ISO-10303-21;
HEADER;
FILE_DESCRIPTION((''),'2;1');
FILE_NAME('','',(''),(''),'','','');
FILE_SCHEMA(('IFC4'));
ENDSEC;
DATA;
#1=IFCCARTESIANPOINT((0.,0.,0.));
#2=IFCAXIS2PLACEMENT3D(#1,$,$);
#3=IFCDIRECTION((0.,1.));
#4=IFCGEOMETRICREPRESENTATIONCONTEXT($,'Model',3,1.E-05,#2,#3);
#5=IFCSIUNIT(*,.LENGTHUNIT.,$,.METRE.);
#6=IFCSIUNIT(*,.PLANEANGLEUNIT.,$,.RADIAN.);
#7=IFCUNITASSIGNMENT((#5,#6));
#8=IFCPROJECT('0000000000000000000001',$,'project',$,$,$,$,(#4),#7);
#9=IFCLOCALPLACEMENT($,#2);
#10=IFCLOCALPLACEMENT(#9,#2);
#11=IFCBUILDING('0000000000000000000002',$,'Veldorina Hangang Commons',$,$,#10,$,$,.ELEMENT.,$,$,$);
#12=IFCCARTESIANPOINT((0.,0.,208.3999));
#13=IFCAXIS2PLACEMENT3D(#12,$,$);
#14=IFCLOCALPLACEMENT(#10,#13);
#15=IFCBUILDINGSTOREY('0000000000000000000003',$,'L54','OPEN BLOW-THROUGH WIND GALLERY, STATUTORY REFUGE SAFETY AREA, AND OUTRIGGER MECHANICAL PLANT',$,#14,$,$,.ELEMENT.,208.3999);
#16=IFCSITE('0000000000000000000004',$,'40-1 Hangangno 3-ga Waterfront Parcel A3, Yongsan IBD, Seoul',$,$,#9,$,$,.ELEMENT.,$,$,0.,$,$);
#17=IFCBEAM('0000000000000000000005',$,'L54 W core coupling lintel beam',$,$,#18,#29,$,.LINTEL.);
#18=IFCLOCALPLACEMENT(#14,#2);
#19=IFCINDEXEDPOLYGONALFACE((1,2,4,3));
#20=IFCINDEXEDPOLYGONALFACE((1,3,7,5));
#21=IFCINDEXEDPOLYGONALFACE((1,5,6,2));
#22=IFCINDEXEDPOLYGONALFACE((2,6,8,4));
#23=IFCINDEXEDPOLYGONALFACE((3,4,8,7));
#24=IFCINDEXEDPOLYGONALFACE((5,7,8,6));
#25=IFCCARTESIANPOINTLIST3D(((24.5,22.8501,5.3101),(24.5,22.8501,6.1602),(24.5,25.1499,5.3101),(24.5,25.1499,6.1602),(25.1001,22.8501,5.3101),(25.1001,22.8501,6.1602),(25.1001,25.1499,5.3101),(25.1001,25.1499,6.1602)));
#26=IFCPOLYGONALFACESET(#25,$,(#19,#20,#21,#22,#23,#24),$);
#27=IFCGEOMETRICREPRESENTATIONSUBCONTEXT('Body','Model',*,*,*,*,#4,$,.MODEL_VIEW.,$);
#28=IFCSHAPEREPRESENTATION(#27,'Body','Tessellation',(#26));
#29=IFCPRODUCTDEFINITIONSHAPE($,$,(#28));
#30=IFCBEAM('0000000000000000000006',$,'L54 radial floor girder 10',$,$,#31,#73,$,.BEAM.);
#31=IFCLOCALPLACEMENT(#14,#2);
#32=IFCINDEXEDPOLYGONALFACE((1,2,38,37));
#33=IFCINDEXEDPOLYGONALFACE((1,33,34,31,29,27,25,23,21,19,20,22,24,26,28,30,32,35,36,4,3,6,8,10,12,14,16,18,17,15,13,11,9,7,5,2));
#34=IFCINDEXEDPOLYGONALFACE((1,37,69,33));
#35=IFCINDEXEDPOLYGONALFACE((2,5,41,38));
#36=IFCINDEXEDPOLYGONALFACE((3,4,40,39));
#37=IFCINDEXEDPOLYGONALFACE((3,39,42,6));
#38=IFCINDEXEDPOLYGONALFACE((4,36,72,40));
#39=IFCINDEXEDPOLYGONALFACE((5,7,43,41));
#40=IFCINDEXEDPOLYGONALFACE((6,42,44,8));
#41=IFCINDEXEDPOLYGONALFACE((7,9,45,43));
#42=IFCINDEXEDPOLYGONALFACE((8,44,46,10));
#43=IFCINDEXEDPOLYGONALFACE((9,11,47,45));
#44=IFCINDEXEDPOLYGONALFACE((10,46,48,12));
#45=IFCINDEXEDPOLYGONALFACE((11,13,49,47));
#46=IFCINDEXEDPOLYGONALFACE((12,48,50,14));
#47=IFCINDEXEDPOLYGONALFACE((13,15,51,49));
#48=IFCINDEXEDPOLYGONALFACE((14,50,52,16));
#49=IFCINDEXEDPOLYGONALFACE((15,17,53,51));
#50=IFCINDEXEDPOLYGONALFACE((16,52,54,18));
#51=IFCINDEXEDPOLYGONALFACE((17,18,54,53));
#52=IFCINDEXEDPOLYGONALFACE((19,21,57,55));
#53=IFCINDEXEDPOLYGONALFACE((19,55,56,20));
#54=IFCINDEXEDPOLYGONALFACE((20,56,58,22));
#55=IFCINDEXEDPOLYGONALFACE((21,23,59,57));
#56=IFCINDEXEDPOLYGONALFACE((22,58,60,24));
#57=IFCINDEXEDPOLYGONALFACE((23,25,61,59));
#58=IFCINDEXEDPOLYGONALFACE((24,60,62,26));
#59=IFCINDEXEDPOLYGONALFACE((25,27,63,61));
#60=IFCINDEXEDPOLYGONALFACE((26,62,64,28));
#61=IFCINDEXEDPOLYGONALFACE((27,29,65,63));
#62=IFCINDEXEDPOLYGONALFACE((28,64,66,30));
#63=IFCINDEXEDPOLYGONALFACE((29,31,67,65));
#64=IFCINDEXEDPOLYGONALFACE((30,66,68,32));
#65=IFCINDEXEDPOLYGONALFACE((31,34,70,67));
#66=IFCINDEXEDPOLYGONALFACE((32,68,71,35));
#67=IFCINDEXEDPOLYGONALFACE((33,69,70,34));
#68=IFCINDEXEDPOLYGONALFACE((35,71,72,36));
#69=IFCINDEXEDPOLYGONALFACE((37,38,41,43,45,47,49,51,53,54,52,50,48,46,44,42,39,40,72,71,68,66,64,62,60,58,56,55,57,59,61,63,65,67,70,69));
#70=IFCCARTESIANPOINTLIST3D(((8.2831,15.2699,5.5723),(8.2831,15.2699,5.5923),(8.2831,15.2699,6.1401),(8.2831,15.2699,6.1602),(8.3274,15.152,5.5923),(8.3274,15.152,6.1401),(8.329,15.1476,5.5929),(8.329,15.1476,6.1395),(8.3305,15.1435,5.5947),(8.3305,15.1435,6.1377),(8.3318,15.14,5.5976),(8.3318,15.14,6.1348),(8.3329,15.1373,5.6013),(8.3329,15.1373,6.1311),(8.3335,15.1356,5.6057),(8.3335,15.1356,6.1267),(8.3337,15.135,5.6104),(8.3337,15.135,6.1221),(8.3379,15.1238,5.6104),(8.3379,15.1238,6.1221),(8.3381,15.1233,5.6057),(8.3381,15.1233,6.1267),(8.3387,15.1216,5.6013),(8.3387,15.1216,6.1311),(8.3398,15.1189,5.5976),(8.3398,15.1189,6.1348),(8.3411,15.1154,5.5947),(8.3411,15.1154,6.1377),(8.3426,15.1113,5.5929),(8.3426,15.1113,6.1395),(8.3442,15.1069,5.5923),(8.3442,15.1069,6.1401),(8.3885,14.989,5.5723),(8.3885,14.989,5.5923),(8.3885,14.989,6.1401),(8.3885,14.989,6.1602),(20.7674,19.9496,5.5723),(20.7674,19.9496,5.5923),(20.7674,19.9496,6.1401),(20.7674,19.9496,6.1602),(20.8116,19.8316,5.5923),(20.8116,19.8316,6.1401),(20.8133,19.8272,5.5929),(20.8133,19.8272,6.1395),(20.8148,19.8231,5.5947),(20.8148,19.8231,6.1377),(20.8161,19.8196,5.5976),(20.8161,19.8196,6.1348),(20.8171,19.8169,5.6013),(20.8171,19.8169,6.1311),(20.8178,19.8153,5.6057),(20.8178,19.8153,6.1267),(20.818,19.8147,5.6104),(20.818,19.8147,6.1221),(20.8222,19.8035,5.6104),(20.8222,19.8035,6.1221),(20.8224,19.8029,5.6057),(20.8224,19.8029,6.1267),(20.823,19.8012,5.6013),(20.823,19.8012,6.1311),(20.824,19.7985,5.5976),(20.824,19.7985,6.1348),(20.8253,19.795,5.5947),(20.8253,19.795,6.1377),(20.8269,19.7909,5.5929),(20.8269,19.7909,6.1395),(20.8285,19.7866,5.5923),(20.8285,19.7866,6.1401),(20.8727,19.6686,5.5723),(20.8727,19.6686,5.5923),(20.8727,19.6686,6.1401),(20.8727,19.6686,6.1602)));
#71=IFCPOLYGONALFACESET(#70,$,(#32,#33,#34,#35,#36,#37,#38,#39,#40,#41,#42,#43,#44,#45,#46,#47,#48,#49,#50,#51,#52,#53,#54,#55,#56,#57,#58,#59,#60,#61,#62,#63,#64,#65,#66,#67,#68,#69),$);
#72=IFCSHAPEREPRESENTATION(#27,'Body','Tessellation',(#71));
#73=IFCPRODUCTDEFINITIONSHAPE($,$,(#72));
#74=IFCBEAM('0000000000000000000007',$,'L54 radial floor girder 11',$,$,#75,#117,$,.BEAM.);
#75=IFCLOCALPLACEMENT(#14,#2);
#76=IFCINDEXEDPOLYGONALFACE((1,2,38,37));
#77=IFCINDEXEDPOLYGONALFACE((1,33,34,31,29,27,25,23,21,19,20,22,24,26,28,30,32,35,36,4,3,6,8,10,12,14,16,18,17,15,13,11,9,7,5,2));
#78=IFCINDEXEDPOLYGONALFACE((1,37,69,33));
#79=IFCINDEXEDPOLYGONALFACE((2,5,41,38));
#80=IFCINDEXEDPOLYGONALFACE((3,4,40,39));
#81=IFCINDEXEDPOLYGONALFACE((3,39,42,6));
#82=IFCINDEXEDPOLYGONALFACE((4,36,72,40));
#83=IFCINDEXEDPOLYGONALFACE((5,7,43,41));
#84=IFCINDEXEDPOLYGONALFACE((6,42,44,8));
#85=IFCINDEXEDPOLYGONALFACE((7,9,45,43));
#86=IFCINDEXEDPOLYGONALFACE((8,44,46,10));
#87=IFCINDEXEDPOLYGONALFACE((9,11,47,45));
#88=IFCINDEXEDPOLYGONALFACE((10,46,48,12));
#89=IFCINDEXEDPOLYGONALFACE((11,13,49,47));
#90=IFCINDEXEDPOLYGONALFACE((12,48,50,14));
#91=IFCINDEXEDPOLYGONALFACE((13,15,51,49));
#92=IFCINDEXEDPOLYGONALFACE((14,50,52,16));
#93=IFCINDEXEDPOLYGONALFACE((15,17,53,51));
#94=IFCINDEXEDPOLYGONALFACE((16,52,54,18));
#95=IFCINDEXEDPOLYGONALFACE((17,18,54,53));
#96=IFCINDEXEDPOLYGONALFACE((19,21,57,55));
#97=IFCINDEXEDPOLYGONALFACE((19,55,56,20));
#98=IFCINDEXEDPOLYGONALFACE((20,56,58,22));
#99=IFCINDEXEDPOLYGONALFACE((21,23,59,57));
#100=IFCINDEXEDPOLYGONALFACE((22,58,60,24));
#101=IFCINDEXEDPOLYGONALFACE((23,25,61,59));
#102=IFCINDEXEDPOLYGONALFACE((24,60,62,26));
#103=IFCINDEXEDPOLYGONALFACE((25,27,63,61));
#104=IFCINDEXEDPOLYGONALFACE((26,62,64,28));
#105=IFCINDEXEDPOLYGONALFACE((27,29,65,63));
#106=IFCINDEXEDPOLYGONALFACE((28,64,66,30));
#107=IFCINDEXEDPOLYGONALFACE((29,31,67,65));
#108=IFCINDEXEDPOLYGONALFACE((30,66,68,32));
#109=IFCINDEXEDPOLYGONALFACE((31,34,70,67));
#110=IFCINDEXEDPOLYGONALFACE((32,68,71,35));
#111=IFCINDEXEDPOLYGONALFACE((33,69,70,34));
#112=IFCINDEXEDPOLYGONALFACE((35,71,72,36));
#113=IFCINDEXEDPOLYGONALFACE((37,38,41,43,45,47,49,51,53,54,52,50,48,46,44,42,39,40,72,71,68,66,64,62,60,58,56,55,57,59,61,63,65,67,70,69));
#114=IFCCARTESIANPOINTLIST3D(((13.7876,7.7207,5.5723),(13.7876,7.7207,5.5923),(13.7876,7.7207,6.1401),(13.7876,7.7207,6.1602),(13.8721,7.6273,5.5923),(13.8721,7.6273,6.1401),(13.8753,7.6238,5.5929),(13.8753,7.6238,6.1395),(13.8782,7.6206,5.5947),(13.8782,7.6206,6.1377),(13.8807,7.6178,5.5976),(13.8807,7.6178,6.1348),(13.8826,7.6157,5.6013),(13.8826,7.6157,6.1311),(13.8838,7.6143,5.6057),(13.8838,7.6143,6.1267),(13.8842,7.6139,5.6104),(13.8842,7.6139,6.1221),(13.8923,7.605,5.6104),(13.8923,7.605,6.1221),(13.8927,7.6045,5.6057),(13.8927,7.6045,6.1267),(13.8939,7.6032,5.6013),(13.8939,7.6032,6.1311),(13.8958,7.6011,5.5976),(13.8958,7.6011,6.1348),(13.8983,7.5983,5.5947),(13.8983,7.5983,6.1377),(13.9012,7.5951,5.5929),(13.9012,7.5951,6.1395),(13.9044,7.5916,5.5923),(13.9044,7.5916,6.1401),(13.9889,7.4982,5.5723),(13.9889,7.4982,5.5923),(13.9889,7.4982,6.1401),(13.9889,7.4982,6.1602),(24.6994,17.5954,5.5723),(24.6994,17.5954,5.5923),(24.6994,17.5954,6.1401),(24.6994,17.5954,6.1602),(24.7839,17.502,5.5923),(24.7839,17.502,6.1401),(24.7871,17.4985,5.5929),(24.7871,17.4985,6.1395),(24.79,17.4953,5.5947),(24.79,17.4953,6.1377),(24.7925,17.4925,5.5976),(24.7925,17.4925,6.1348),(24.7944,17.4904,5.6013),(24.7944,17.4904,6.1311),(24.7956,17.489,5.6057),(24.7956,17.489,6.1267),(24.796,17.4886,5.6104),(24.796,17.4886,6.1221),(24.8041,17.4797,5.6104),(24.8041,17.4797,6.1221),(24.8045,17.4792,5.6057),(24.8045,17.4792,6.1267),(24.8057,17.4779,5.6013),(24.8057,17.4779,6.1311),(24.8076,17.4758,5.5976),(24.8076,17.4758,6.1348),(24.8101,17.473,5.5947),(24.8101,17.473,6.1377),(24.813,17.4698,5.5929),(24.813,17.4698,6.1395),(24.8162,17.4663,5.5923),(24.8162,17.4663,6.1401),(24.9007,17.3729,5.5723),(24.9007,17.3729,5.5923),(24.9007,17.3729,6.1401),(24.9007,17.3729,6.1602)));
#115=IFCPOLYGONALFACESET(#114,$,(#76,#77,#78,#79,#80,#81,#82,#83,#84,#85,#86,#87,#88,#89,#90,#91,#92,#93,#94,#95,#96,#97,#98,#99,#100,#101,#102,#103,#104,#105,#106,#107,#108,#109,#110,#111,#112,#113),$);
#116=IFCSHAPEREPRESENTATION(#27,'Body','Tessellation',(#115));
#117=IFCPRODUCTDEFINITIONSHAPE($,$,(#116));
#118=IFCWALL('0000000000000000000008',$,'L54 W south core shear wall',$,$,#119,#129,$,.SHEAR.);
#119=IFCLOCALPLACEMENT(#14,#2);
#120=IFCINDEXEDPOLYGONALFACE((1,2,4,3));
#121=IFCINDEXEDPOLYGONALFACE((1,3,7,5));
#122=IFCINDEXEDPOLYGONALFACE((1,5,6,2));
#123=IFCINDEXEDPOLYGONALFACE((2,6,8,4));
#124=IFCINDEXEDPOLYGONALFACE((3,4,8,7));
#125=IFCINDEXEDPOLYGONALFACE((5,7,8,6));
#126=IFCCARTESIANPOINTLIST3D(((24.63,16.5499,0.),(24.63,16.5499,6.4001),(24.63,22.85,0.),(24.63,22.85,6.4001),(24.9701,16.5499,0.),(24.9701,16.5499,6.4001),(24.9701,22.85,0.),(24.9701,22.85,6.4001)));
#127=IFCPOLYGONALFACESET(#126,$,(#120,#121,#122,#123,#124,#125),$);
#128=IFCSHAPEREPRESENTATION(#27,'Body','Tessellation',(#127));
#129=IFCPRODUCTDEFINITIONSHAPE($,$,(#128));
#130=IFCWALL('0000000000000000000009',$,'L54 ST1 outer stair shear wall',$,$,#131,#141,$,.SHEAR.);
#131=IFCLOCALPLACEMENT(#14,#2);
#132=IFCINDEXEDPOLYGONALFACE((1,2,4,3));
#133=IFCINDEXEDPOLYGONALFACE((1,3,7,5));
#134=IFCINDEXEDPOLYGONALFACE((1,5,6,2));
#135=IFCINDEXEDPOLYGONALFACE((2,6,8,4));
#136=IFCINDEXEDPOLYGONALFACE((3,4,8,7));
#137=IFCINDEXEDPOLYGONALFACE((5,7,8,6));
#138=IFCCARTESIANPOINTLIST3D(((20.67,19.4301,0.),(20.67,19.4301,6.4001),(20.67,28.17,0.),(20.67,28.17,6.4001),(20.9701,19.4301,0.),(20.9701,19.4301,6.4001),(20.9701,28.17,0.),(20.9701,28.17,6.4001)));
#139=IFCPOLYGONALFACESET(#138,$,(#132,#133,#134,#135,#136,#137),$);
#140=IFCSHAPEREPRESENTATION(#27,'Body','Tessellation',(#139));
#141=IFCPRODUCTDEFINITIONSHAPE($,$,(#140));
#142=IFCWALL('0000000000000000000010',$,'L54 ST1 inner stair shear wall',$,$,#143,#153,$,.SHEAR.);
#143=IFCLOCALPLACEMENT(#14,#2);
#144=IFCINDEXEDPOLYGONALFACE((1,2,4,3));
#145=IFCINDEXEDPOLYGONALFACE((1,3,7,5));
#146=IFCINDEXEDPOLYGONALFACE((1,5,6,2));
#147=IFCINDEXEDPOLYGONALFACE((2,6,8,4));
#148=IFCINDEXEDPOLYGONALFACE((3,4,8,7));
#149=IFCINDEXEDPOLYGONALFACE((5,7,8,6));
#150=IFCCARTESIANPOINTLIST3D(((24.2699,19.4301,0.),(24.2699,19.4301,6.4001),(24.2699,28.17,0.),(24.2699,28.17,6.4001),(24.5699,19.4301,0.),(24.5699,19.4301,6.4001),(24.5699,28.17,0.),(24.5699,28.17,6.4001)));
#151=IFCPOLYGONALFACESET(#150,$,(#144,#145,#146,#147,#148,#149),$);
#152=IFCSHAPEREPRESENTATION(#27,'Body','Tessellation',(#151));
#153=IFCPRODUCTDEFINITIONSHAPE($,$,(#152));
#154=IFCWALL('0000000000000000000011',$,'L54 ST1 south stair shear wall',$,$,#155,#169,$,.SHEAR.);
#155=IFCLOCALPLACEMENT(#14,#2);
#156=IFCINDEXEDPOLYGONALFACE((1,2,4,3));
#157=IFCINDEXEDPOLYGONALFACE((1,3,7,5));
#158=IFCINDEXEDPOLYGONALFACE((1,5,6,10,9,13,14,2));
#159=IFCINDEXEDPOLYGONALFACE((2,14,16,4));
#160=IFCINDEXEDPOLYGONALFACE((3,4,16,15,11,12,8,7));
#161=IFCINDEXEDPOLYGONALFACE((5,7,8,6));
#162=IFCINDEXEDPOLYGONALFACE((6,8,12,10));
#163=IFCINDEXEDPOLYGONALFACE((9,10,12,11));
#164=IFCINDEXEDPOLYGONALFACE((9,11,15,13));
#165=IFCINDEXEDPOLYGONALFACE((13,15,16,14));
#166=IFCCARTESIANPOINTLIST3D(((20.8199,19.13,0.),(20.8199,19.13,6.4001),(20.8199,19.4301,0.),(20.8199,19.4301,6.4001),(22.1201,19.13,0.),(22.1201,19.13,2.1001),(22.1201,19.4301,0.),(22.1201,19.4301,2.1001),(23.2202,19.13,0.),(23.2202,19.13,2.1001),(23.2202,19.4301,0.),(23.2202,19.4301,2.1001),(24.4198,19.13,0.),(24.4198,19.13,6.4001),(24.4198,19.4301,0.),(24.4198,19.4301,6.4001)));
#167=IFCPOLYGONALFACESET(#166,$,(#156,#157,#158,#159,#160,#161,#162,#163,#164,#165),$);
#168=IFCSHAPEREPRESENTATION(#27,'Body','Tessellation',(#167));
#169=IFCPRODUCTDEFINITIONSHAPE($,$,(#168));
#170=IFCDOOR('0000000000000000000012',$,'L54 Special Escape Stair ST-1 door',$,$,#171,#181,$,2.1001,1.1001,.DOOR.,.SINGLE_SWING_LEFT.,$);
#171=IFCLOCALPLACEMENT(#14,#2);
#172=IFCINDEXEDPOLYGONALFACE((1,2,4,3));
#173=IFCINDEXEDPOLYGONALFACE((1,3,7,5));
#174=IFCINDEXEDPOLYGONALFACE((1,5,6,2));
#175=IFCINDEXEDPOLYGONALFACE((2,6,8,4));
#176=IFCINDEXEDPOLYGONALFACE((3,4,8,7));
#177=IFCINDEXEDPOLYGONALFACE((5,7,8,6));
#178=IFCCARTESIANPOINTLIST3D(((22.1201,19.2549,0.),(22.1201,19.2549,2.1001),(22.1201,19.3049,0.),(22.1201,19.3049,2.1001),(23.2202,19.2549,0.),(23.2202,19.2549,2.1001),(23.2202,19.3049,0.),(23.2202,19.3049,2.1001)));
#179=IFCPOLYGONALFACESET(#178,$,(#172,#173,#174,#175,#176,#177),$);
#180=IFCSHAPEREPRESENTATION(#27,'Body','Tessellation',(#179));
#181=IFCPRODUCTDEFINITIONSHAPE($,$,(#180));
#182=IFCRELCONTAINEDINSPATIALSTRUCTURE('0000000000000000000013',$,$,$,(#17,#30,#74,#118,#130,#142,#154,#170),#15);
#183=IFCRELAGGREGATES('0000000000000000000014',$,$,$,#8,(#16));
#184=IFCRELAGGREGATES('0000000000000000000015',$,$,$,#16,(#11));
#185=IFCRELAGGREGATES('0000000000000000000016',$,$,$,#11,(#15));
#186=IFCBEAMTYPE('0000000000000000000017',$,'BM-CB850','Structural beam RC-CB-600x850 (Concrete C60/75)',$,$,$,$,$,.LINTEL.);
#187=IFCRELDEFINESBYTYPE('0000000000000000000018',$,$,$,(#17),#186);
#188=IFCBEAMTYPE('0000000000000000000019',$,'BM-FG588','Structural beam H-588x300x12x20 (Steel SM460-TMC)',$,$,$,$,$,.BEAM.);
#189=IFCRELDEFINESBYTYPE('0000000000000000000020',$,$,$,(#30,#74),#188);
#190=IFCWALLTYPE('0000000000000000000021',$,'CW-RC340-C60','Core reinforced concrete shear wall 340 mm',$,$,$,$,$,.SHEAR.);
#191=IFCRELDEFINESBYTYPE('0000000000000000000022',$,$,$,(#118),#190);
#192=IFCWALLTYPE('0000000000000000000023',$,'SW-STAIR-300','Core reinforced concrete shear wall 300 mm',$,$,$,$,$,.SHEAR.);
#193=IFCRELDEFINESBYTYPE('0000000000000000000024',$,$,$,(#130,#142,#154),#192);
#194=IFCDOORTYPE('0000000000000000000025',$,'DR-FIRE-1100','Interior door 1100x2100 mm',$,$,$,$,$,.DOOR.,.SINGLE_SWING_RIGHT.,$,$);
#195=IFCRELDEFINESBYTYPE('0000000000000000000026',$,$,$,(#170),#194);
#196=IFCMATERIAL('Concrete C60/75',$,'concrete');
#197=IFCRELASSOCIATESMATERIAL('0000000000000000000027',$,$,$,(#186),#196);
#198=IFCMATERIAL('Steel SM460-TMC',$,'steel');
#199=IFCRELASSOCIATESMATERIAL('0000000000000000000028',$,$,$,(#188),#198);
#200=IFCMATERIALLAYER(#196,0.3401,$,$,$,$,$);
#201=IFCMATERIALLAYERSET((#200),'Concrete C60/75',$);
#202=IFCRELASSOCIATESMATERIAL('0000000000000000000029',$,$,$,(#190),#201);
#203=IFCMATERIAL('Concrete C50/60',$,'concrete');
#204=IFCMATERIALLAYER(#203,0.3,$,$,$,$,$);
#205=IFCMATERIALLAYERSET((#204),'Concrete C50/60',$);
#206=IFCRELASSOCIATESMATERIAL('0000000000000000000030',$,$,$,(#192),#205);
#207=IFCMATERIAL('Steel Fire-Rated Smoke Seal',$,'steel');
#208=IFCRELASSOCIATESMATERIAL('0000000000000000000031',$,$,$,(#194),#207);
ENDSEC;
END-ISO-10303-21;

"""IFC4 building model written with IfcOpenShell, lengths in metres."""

from ifc_helpers import new_model, si_unit, direction, frame, frame_2d, origin, origin_2d, place, context, subcontext, project, spatial, rectangle, i_section, extrude, material, layer, layer_set, material_profile, profile_set, type_object, element, fill, save


model = new_model("IFC4")

# Units and contexts
model_context = context("Model", 3, precision=1e-05, world=origin(), true_north=direction((0.0, 1.0)))
body_context = subcontext(model_context, "Body", "Model", "MODEL_VIEW")
ifc_project = project(units=[si_unit("LENGTHUNIT", "METRE"), si_unit("PLANEANGLEUNIT", "RADIAN")], contexts=[model_context])

# Site, building, storey
site_placement = place(None, origin())
site = spatial("IfcSite", under=ifc_project, at=site_placement, Name="40-1 Hangangno 3-ga Waterfront Parcel A3, Yongsan IBD, Seoul", CompositionType="ELEMENT", RefElevation=0.0)
building_placement = place(site_placement, origin())
building = spatial("IfcBuilding", under=site, at=building_placement, Name="Veldorina Hangang Commons", CompositionType="ELEMENT")
storey_placement = place(building_placement, frame((0.0, 0.0, 208.3999)))
storey = spatial("IfcBuildingStorey", under=building, at=storey_placement, Name="L54", Description="OPEN BLOW-THROUGH WIND GALLERY, STATUTORY REFUGE SAFETY AREA, AND OUTRIGGER MECHANICAL PLANT", CompositionType="ELEMENT", Elevation=208.3999)

# Beams
ifc_material_1 = material(Name="Concrete C60/75", Category="concrete")
ifc_material_profile_1 = material_profile(ifc_material_1, rectangle(XDim=0.6001, YDim=0.8501, at=origin_2d()), Name="RC-CB-600x850")
ifc_profile_set_1 = profile_set([ifc_material_profile_1], Name="Concrete C60/75")
beam_type_1 = type_object("IfcBeamType", Name="BM-CB850", Description="Structural beam RC-CB-600x850 (Concrete C60/75)", PredefinedType="LINTEL", material=ifc_profile_set_1)
beam_1_placement = place(storey_placement, frame((24.8, 22.8501, 5.7351), z_axis=(0.0, 1.0, 0.0), x_axis=(-1.0, 0.0, 0.0)))
element("IfcBeam", 1, at=beam_1_placement, inside=storey, type_object=beam_type_1, Name="L54 W core coupling lintel beam", PredefinedType="LINTEL", context=body_context, shape_type="SweptSolid", body=[
    extrude(rectangle(XDim=0.6001, YDim=0.8501, at=origin_2d()), origin(), (0.0, 0.0, 1.0), 2.2998),
])
ifc_material_2 = material(Name="Steel SM460-TMC", Category="steel")
ifc_material_profile_2 = material_profile(ifc_material_2, i_section(OverallWidth=0.3, OverallDepth=0.5879, WebThickness=0.012, FlangeThickness=0.02, FilletRadius=0.0181, at=origin_2d()), Name="H-588x300x12x20")
ifc_profile_set_2 = profile_set([ifc_material_profile_2], Name="Steel SM460-TMC")
beam_type_2 = type_object("IfcBeamType", Name="BM-FG588", Description="Structural beam H-588x300x12x20 (Steel SM460-TMC)", PredefinedType="BEAM", material=ifc_profile_set_2)
beam_2_placement = place(storey_placement, frame((20.8201, 19.8091, 5.8662), z_axis=(-0.936377, -0.350995, 0.0), x_axis=(0.350995, -0.936377, 0.0)))
element("IfcBeam", 2, at=beam_2_placement, inside=storey, type_object=beam_type_2, Name="L54 radial floor girder 10", PredefinedType="BEAM", context=body_context, shape_type="SweptSolid", body=[
    extrude(i_section(OverallWidth=0.3, OverallDepth=0.5879, WebThickness=0.012, FlangeThickness=0.02, FilletRadius=0.0181, at=origin_2d()), origin(), (0.0, 0.0, 1.0), 13.3325),
])
beam_3_placement = place(storey_placement, frame((24.8, 17.4841, 5.8662), z_axis=(-0.741464, -0.670992, 0.0), x_axis=(0.670992, -0.741464, 0.0)))
element("IfcBeam", 3, at=beam_3_placement, inside=storey, type_object=beam_type_2, Name="L54 radial floor girder 11", PredefinedType="BEAM", context=body_context, shape_type="SweptSolid", body=[
    extrude(i_section(OverallWidth=0.3, OverallDepth=0.5879, WebThickness=0.012, FlangeThickness=0.02, FilletRadius=0.0181, at=origin_2d()), origin(), (0.0, 0.0, 1.0), 14.7166),
])

# Walls
ifc_layer_1 = layer(ifc_material_1, 0.3401)
ifc_layer_set_1 = layer_set([ifc_layer_1], Name="Concrete C60/75")
wall_type_1 = type_object("IfcWallType", Name="CW-RC340-C60", Description="Core reinforced concrete shear wall 340 mm", PredefinedType="SHEAR", material=ifc_layer_set_1)
wall_1_placement = place(storey_placement, frame((24.8, 16.55, 0.0), z_axis=(0.0, 0.0, 1.0), x_axis=(0.0, 1.0, 0.0)))
element("IfcWall", 4, at=wall_1_placement, inside=storey, type_object=wall_type_1, Name="L54 W south core shear wall", PredefinedType="SHEAR", context=body_context, shape_type="SweptSolid", body=[
    extrude(rectangle(XDim=6.3, YDim=0.3401, at=frame_2d((3.1499, 0.0))), origin(), (0.0, 0.0, 1.0), 6.4001),
])
ifc_material_3 = material(Name="Concrete C50/60", Category="concrete")
ifc_layer_2 = layer(ifc_material_3, 0.3)
ifc_layer_set_2 = layer_set([ifc_layer_2], Name="Concrete C50/60")
wall_type_2 = type_object("IfcWallType", Name="SW-STAIR-300", Description="Core reinforced concrete shear wall 300 mm", PredefinedType="SHEAR", material=ifc_layer_set_2)
for number, where, z_axis, x_axis, name in (
    (5, (20.8201, 19.4299, 0.0), (0.0, 0.0, 1.0), (0.0, 1.0, 0.0), "L54 ST1 outer stair shear wall"),
    (6, (24.4199, 19.4299, 0.0), (0.0, 0.0, 1.0), (0.0, 1.0, 0.0), "L54 ST1 inner stair shear wall"),
):
    element("IfcWall", number, at=place(storey_placement, frame(where, z_axis=z_axis, x_axis=x_axis)), inside=storey, type_object=wall_type_2, Name=name, PredefinedType="SHEAR", context=body_context, shape_type="SweptSolid", body=[
        extrude(rectangle(XDim=8.74, YDim=0.3, at=frame_2d((4.3701, 0.0))), origin(), (0.0, 0.0, 1.0), 6.4001),
    ])

# Wall, opening, door
wall_2_placement = place(storey_placement, frame((20.8201, 19.28, 0.0), z_axis=(0.0, 0.0, 1.0), x_axis=(1.0, 0.0, 0.0)))
wall_2 = element("IfcWall", 7, at=wall_2_placement, inside=storey, type_object=wall_type_2, Name="L54 ST1 south stair shear wall", PredefinedType="SHEAR", context=body_context, shape_type="SweptSolid", body=[
    extrude(rectangle(XDim=3.5999, YDim=0.3, at=frame_2d((1.7998, 0.0))), origin(), (0.0, 0.0, 1.0), 6.4001),
])
opening_1_placement = place(wall_2_placement, frame((1.3, 0.0, 0.0)))
opening_1 = element("IfcOpeningElement", 8, at=opening_1_placement, cuts=wall_2, PredefinedType="OPENING", context=body_context, shape_type="SweptSolid", body=[
    extrude(rectangle(XDim=1.1001, YDim=2.1001, at=frame_2d((0.55, 1.05))), frame((0.0, 0.1602, 0.0), z_axis=(0.0, -1.0, 0.0), x_axis=(1.0, 0.0, 0.0)), (0.0, 0.0, 1.0), 0.3201),
])
ifc_material_4 = material(Name="Steel Fire-Rated Smoke Seal", Category="steel")
door_type_1 = type_object("IfcDoorType", Name="DR-FIRE-1100", Description="Interior door 1100x2100 mm", OperationType="SINGLE_SWING_RIGHT", PredefinedType="DOOR", material=ifc_material_4)
door_1_placement = place(opening_1_placement, origin())
door_1 = element("IfcDoor", 9, at=door_1_placement, inside=storey, type_object=door_type_1, Name="L54 Special Escape Stair ST-1 door", OperationType="SINGLE_SWING_LEFT", OverallHeight=2.1001, OverallWidth=1.1001, PredefinedType="DOOR", context=body_context, shape_type="SweptSolid", body=[
    extrude(rectangle(XDim=1.1001, YDim=2.1001, at=frame_2d((0.55, 1.05))), frame((0.0, 0.0249, 0.0), z_axis=(0.0, -1.0, 0.0), x_axis=(1.0, 0.0, 0.0)), (0.0, 0.0, 1.0), 0.05),
])
fill(opening_1, door_1)

save(model, "model.ifc")
